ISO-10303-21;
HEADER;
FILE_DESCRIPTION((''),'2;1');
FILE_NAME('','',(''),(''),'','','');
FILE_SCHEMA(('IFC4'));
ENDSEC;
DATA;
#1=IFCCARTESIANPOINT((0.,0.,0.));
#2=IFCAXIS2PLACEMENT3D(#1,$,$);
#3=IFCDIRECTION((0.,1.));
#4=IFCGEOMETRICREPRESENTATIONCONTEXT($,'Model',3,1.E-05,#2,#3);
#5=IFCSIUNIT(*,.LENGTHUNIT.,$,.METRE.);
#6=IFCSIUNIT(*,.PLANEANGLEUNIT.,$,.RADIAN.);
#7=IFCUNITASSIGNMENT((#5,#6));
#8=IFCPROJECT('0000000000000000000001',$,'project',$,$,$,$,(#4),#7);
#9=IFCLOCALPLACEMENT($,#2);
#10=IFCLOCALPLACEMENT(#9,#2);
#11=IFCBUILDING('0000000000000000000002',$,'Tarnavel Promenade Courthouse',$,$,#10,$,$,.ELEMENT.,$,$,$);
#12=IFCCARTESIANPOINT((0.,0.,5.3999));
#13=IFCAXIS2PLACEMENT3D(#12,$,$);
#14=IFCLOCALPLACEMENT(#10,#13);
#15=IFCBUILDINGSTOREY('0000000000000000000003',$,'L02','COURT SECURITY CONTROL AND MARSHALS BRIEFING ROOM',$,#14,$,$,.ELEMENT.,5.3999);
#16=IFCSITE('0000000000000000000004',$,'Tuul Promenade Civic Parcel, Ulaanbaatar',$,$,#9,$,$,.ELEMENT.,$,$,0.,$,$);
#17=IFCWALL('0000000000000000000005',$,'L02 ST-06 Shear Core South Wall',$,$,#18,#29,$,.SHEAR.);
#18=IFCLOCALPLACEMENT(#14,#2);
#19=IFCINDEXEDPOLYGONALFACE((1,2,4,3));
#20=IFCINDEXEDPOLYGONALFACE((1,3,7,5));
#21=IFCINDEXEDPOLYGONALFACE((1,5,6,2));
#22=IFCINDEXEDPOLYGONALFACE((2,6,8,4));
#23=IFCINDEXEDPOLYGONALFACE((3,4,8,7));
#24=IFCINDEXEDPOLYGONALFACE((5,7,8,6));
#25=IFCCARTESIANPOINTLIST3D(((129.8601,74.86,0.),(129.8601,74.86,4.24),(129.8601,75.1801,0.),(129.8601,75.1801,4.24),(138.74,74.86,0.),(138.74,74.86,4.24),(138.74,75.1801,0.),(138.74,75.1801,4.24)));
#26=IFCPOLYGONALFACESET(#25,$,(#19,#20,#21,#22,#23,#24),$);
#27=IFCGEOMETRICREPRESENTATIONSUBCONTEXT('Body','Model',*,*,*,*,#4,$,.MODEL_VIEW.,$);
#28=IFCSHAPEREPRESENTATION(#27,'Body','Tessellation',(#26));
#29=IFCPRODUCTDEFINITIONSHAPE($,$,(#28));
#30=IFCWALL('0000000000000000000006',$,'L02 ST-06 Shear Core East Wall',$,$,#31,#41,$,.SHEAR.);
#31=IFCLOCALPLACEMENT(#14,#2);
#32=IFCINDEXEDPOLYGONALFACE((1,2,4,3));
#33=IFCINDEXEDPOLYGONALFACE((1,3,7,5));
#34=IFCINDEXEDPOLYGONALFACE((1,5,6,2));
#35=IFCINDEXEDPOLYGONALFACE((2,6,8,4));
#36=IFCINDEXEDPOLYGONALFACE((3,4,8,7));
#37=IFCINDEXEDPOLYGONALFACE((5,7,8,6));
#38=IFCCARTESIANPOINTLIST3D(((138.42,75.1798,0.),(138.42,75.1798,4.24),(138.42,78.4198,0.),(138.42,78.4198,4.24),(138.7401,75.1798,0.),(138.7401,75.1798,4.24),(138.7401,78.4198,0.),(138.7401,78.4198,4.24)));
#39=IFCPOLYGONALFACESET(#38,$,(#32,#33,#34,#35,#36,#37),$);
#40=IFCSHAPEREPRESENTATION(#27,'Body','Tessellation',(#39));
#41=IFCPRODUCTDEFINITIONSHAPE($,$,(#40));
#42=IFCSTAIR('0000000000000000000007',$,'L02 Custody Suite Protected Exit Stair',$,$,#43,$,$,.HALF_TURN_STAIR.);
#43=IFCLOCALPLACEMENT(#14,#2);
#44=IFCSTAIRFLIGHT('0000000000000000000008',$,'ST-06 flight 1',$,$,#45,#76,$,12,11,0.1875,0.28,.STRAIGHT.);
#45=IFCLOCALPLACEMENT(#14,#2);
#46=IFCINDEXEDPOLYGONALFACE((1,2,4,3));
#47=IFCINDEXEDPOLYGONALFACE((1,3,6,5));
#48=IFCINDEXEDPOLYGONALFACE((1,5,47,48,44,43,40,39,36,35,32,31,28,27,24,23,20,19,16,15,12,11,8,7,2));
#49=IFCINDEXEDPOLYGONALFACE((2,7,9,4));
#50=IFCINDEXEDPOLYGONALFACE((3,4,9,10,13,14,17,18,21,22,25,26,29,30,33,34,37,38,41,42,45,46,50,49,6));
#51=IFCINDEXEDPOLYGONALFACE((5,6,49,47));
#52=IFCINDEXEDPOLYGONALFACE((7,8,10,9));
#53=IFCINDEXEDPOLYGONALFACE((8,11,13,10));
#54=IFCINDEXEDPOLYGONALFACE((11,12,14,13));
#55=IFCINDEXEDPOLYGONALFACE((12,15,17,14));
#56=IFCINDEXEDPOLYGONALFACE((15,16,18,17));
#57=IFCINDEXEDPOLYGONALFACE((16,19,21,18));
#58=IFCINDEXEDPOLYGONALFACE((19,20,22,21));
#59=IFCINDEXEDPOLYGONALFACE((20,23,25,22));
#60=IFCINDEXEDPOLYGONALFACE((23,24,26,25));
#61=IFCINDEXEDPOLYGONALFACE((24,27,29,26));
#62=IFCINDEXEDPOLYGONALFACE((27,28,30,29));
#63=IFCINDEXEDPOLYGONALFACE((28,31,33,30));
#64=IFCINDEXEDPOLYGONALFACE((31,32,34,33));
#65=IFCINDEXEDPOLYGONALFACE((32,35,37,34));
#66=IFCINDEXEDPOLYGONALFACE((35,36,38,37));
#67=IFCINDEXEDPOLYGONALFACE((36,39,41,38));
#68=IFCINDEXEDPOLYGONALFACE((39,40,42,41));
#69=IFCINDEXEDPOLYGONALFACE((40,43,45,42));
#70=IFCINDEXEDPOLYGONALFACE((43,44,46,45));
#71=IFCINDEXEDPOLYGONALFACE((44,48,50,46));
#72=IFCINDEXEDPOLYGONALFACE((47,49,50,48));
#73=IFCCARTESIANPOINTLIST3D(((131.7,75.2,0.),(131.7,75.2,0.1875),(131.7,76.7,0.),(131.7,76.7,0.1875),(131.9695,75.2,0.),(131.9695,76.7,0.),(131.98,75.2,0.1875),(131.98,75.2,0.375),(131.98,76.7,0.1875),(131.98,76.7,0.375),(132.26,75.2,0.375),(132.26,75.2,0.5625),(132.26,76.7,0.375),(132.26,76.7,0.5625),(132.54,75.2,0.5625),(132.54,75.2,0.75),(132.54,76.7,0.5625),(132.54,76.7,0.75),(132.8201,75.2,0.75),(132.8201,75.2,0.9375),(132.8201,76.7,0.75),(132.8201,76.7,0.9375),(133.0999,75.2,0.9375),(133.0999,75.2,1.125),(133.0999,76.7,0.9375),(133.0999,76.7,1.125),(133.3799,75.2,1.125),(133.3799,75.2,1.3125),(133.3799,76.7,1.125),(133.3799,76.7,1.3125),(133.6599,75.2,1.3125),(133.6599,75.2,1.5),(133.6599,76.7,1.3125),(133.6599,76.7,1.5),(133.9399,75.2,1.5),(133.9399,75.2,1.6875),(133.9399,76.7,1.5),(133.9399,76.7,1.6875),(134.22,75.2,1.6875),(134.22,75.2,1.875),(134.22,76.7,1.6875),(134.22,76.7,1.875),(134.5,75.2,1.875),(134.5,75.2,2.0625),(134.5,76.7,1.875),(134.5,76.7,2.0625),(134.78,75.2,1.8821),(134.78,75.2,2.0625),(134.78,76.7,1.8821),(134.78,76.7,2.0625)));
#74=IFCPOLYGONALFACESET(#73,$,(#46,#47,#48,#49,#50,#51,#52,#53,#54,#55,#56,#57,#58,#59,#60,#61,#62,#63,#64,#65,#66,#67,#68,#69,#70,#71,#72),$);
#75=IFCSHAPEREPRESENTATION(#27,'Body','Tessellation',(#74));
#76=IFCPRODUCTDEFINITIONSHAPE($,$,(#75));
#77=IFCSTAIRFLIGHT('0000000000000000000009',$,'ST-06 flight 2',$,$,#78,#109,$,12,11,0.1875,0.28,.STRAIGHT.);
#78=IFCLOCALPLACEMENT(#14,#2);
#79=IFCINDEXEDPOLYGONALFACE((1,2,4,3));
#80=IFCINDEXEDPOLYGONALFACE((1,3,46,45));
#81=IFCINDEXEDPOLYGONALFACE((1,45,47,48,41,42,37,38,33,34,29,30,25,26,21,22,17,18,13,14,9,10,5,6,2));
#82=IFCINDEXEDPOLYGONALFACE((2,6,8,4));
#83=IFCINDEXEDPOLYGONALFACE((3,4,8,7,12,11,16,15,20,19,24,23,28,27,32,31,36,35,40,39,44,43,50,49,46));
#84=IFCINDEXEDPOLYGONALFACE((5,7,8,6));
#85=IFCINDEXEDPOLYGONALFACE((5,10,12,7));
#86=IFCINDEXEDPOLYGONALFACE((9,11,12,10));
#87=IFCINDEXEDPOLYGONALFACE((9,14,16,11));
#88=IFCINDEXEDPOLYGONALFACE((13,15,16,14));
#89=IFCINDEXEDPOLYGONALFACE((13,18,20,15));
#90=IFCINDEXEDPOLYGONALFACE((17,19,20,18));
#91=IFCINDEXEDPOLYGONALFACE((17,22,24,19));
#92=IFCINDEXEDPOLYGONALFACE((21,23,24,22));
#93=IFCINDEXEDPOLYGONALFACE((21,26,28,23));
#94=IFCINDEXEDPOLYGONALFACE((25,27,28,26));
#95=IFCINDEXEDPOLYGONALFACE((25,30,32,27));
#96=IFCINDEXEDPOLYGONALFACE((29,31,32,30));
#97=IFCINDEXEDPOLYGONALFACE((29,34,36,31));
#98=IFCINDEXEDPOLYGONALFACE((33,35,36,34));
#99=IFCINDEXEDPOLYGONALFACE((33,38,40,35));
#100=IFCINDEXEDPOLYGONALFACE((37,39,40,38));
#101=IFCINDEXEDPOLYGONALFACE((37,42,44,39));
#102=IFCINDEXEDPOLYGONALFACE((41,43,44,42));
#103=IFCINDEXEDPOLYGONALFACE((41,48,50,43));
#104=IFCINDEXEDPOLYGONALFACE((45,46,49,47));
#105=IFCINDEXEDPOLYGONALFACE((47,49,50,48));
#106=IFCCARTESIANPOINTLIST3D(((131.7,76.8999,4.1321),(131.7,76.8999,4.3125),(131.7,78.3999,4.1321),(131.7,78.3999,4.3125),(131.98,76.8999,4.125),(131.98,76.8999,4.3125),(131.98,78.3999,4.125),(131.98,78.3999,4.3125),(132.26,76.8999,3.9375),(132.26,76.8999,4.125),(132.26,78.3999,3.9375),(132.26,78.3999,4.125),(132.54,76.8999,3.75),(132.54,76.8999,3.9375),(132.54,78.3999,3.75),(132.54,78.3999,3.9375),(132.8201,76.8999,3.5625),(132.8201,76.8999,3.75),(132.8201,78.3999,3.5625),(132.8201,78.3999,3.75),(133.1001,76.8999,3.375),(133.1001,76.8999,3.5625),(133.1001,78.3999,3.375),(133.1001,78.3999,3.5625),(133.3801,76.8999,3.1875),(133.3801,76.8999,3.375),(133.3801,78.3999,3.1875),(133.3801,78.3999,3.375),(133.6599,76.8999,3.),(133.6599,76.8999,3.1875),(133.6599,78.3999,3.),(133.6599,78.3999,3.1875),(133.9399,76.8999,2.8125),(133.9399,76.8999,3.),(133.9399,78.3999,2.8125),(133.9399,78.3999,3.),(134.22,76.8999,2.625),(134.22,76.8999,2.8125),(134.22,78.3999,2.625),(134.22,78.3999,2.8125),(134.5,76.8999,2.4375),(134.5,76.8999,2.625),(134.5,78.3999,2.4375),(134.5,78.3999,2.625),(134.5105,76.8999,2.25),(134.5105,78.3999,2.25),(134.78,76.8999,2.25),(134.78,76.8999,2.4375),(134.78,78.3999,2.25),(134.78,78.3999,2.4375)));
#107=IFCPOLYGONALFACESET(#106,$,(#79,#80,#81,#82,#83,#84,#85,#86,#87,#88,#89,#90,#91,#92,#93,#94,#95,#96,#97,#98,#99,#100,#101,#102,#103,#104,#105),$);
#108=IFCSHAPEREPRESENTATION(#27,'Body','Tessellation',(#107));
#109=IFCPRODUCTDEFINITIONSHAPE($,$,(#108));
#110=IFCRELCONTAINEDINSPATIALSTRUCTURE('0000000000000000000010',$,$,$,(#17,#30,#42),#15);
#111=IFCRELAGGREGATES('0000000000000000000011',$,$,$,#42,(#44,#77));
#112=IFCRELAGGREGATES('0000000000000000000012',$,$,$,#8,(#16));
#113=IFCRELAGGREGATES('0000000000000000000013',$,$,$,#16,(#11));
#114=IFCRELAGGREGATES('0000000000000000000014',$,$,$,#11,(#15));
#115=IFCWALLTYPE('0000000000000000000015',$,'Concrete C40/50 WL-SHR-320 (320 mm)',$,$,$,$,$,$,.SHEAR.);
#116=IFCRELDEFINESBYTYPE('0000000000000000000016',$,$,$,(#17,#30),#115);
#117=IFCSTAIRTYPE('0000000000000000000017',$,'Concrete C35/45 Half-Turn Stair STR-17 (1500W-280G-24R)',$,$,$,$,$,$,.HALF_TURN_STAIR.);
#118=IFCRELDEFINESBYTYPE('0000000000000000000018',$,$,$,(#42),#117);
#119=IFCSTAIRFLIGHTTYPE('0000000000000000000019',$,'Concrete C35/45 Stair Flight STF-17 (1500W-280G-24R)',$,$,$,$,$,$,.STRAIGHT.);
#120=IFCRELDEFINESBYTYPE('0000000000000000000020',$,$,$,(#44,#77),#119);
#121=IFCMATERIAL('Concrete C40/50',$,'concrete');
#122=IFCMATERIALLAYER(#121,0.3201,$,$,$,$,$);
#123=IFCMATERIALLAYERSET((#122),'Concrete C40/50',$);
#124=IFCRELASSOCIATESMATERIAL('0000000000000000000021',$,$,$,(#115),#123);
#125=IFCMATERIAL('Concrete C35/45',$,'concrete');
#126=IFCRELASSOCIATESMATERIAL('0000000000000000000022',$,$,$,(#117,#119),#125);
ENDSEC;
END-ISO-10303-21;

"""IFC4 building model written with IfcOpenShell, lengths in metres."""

from ifc_helpers import new_model, si_unit, direction, frame, frame_2d, origin, place, context, subcontext, project, spatial, polyline, rectangle, outline, extrude, material, layer, layer_set, type_object, element, aggregate, save


model = new_model("IFC4")

# Units and contexts
model_context = context("Model", 3, precision=1e-05, world=origin(), true_north=direction((0.0, 1.0)))
body_context = subcontext(model_context, "Body", "Model", "MODEL_VIEW")
ifc_project = project(units=[si_unit("LENGTHUNIT", "METRE"), si_unit("PLANEANGLEUNIT", "RADIAN")], contexts=[model_context])

# Site, building, storey
site_placement = place(None, origin())
site = spatial("IfcSite", under=ifc_project, at=site_placement, Name="Tuul Promenade Civic Parcel, Ulaanbaatar", CompositionType="ELEMENT", RefElevation=0.0)
building_placement = place(site_placement, origin())
building = spatial("IfcBuilding", under=site, at=building_placement, Name="Tarnavel Promenade Courthouse", CompositionType="ELEMENT")
storey_placement = place(building_placement, frame((0.0, 0.0, 5.3999)))
storey = spatial("IfcBuildingStorey", under=building, at=storey_placement, Name="L02", Description="COURT SECURITY CONTROL AND MARSHALS BRIEFING ROOM", CompositionType="ELEMENT", Elevation=5.3999)

# Shared definitions
ifc_material_1 = material(Name="Concrete C40/50", Category="concrete")

# Walls
ifc_layer_1 = layer(ifc_material_1, 0.3201)
ifc_layer_set_1 = layer_set([ifc_layer_1], Name="Concrete C40/50")
wall_type_1 = type_object("IfcWallType", Name="Concrete C40/50 WL-SHR-320 (320 mm)", PredefinedType="SHEAR", material=ifc_layer_set_1)
wall_1_placement = place(storey_placement, frame((138.74, 75.02, 0.0), z_axis=(0.0, 0.0, 1.0), x_axis=(-1.0, 0.0, 0.0)))
element("IfcWall", 1, at=wall_1_placement, inside=storey, type_object=wall_type_1, Name="L02 ST-06 Shear Core South Wall", PredefinedType="SHEAR", context=body_context, shape_type="SweptSolid", body=[
    extrude(rectangle(XDim=8.8799, YDim=0.3201, at=frame_2d((4.4399, 0.0))), origin(), (0.0, 0.0, 1.0), 4.24),
])
wall_2_placement = place(storey_placement, frame((138.5801, 78.4199, 0.0), z_axis=(0.0, 0.0, 1.0), x_axis=(0.0, -1.0, 0.0)))
element("IfcWall", 2, at=wall_2_placement, inside=storey, type_object=wall_type_1, Name="L02 ST-06 Shear Core East Wall", PredefinedType="SHEAR", context=body_context, shape_type="SweptSolid", body=[
    extrude(rectangle(XDim=3.24, YDim=0.3201, at=frame_2d((1.6201, 0.0))), origin(), (0.0, 0.0, 1.0), 4.24),
])

# Stair, stair flights
ifc_material_2 = material(Name="Concrete C35/45", Category="concrete")
stair_type = type_object("IfcStairType", Name="Concrete C35/45 Half-Turn Stair STR-17 (1500W-280G-24R)", PredefinedType="HALF_TURN_STAIR", material=ifc_material_2)
stair_placement = place(storey_placement, origin())
stair = element("IfcStair", 3, at=stair_placement, inside=storey, type_object=stair_type, Name="L02 Custody Suite Protected Exit Stair", PredefinedType="HALF_TURN_STAIR")
stair_flight_type = type_object("IfcStairFlightType", Name="Concrete C35/45 Stair Flight STF-17 (1500W-280G-24R)", PredefinedType="STRAIGHT", material=ifc_material_2)
stair_flight_1_placement = place(storey_placement, frame((131.7, 75.95, 0.0), z_axis=(0.0, 0.0, 1.0), x_axis=(1.0, 0.0, 0.0)))
stair_flight_1 = element("IfcStairFlight", 4, at=stair_flight_1_placement, type_object=stair_flight_type, Name="ST-06 flight 1", NumberOfRisers=12, NumberOfTreads=11, PredefinedType="STRAIGHT", RiserHeight=0.1875, TreadLength=0.28, context=body_context, shape_type="SweptSolid", body=[
    extrude(outline(polyline([(0.0, 0.0), (0.0, 0.1875), (0.28, 0.1875), (0.28, 0.375), (0.5601, 0.375), (0.5601, 0.5625), (0.8401, 0.5625), (0.8401, 0.75), (1.1201, 0.75), (1.1201, 0.9375), (1.3999, 0.9375), (1.3999, 1.125), (1.6799, 1.125), (1.6799, 1.3125), (1.96, 1.3125), (1.96, 1.5), (2.24, 1.5), (2.24, 1.6875), (2.52, 1.6875), (2.52, 1.875), (2.8, 1.875), (2.8, 2.0625), (3.0801, 2.0625), (3.0801, 2.25), (3.0801, 1.8821), (0.2695, 0.0), (0.0, 0.0)])), frame((0.0, 0.75, 0.0), z_axis=(0.0, -1.0, 0.0), x_axis=(1.0, 0.0, 0.0)), (0.0, 0.0, 1.0), 1.5),
])
stair_flight_2_placement = place(storey_placement, frame((134.78, 77.6499, 2.25), z_axis=(0.0, 0.0, 1.0), x_axis=(-1.0, 0.0, 0.0)))
stair_flight_2 = element("IfcStairFlight", 5, at=stair_flight_2_placement, type_object=stair_flight_type, Name="ST-06 flight 2", NumberOfRisers=12, NumberOfTreads=11, PredefinedType="STRAIGHT", RiserHeight=0.1875, TreadLength=0.28, context=body_context, shape_type="SweptSolid", body=[
    extrude(outline(polyline([(0.0, 0.0), (0.0, 0.1875), (0.28, 0.1875), (0.28, 0.375), (0.5601, 0.375), (0.5601, 0.5625), (0.8401, 0.5625), (0.8401, 0.75), (1.1201, 0.75), (1.1201, 0.9375), (1.3999, 0.9375), (1.3999, 1.125), (1.6799, 1.125), (1.6799, 1.3125), (1.96, 1.3125), (1.96, 1.5), (2.24, 1.5), (2.24, 1.6875), (2.52, 1.6875), (2.52, 1.875), (2.8, 1.875), (2.8, 2.0625), (3.0801, 2.0625), (3.0801, 2.25), (3.0801, 1.8821), (0.2695, 0.0), (0.0, 0.0)])), frame((0.0, 0.75, 0.0), z_axis=(0.0, -1.0, 0.0), x_axis=(1.0, 0.0, 0.0)), (0.0, 0.0, 1.0), 1.5),
])
aggregate(stair, [stair_flight_1, stair_flight_2])

save(model, "model.ifc")
